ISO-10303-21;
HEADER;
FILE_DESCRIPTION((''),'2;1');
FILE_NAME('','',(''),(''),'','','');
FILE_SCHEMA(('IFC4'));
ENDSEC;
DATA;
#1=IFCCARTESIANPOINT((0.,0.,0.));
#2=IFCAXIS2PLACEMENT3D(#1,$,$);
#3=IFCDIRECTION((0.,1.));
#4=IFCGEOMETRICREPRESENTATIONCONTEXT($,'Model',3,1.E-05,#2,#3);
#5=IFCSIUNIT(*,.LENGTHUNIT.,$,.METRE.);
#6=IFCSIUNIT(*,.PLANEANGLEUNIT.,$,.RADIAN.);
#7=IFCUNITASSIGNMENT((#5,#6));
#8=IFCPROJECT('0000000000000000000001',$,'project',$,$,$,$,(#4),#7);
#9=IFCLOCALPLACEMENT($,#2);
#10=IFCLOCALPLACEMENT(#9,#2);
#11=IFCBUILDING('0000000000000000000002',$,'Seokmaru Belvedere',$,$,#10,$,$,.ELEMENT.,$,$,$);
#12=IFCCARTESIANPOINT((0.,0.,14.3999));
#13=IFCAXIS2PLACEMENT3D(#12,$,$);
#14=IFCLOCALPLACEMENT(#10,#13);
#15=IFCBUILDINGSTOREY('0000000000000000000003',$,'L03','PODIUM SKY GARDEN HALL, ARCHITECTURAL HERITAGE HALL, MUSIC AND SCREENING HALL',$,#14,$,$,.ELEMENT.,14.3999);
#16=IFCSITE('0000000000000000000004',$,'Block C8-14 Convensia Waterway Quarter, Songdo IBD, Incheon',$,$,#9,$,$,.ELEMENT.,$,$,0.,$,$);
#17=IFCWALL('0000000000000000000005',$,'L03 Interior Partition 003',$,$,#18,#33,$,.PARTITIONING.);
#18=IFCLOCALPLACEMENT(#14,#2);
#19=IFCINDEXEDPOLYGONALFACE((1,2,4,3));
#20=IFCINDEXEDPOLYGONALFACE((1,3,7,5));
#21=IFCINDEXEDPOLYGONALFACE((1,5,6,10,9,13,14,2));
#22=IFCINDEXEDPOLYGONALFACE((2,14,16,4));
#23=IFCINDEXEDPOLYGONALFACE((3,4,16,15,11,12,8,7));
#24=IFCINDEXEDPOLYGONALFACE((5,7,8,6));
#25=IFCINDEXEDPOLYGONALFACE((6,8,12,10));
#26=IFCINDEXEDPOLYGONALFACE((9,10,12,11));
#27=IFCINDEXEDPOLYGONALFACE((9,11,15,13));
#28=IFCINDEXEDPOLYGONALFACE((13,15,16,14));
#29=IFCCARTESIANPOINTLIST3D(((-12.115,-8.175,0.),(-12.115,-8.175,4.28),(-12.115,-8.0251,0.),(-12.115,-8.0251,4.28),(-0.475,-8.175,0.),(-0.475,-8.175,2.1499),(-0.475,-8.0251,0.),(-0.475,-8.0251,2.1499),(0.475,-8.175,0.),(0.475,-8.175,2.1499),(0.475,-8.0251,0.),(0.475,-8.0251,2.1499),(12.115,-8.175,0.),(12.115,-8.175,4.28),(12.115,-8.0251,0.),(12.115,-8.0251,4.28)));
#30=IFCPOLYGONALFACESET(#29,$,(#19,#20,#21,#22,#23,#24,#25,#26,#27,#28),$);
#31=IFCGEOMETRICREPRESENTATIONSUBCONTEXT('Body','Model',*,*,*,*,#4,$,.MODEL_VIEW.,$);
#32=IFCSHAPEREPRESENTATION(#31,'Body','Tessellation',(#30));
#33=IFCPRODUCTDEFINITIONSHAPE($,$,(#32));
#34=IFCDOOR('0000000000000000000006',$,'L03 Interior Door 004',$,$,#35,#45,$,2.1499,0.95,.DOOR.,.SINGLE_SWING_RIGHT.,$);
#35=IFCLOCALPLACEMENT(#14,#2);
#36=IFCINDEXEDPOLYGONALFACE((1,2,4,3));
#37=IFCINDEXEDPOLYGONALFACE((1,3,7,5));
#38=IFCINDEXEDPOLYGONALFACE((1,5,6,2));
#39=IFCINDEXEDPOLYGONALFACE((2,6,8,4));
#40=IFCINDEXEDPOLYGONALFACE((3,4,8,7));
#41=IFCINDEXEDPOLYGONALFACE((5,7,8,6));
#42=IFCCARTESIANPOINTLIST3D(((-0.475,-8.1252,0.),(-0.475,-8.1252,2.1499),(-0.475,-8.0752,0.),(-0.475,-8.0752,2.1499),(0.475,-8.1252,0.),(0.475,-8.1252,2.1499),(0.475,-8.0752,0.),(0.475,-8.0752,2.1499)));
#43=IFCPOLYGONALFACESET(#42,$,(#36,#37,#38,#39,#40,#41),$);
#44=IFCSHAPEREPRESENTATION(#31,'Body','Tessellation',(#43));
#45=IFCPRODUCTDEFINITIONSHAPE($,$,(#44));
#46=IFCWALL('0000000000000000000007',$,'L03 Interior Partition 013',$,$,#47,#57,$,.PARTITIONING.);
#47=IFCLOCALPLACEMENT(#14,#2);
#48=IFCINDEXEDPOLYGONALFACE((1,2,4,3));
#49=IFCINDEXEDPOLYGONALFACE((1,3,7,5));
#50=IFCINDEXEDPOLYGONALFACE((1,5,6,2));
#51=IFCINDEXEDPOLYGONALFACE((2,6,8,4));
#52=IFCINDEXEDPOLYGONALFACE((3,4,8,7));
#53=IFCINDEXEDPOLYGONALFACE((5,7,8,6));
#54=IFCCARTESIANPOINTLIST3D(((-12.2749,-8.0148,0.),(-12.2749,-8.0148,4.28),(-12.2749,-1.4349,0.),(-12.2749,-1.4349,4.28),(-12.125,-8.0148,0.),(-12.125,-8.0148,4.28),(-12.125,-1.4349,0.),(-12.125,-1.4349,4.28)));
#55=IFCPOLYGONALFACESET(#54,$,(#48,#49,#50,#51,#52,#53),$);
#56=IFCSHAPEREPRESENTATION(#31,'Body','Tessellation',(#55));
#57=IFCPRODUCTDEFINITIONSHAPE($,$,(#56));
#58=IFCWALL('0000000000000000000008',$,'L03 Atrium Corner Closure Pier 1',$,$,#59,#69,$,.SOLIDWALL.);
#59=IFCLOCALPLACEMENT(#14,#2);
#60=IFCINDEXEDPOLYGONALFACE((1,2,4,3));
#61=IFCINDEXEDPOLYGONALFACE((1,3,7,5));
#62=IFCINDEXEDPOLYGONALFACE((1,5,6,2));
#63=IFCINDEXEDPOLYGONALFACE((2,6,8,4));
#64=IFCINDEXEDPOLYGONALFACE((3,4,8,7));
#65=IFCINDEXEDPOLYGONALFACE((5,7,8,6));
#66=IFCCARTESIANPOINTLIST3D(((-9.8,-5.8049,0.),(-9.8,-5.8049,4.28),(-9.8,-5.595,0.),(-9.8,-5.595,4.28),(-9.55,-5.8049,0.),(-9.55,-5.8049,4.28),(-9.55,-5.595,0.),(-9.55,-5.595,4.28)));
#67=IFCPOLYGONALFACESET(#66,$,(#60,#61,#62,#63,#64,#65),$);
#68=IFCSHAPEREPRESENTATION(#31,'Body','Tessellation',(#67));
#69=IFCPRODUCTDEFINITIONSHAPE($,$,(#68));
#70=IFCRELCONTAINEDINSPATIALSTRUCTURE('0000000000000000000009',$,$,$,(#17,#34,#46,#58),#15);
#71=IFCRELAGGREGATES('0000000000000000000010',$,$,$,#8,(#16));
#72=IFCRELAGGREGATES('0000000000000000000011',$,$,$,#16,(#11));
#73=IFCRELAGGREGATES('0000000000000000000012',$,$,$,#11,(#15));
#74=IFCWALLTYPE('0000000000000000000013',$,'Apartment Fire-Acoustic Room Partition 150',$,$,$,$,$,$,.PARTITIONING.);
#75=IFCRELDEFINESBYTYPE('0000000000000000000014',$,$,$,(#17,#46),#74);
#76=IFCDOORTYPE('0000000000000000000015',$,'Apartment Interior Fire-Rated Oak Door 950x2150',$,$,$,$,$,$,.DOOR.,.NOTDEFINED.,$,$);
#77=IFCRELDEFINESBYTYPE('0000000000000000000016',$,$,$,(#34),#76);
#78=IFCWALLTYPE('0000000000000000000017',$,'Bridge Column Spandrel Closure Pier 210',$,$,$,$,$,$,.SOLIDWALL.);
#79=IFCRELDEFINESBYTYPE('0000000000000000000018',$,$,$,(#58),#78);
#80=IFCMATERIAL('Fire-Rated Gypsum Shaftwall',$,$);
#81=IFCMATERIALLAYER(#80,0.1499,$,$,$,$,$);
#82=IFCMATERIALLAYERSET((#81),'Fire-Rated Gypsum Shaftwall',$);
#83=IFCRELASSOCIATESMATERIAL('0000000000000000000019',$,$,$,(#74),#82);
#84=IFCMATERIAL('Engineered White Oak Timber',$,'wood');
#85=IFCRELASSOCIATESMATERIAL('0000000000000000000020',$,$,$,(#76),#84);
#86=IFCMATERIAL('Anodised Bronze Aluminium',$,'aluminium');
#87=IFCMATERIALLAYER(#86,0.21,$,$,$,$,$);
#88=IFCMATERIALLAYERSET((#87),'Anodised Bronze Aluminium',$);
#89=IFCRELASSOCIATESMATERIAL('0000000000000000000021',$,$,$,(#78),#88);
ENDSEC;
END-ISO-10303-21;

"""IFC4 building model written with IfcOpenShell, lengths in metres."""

from ifc_helpers import new_model, si_unit, direction, frame, frame_2d, origin, place, context, subcontext, project, spatial, rectangle, extrude, source, transform, mapped, material, layer, layer_set, type_object, type_shapes, element, fill, save


model = new_model("IFC4")

# Units and contexts
model_context = context("Model", 3, precision=1e-05, world=origin(), true_north=direction((0.0, 1.0)))
body_context = subcontext(model_context, "Body", "Model", "MODEL_VIEW")
ifc_project = project(units=[si_unit("LENGTHUNIT", "METRE"), si_unit("PLANEANGLEUNIT", "RADIAN")], contexts=[model_context])

# Site, building, storey
site_placement = place(None, origin())
site = spatial("IfcSite", under=ifc_project, at=site_placement, Name="Block C8-14 Convensia Waterway Quarter, Songdo IBD, Incheon", CompositionType="ELEMENT", RefElevation=0.0)
building_placement = place(site_placement, origin())
building = spatial("IfcBuilding", under=site, at=building_placement, Name="Seokmaru Belvedere", CompositionType="ELEMENT")
storey_placement = place(building_placement, frame((0.0, 0.0, 14.3999)))
storey = spatial("IfcBuildingStorey", under=building, at=storey_placement, Name="L03", Description="PODIUM SKY GARDEN HALL, ARCHITECTURAL HERITAGE HALL, MUSIC AND SCREENING HALL", CompositionType="ELEMENT", Elevation=14.3999)

# Shared definitions
ifc_material_1 = material(Name="Anodised Bronze Aluminium", Category="aluminium")

# Wall, opening, door
ifc_material_2 = material(Name="Fire-Rated Gypsum Shaftwall")
ifc_layer_1 = layer(ifc_material_2, 0.1499)
ifc_layer_set_1 = layer_set([ifc_layer_1], Name="Fire-Rated Gypsum Shaftwall")
wall_type_1 = type_object("IfcWallType", Name="Apartment Fire-Acoustic Room Partition 150", PredefinedType="PARTITIONING", material=ifc_layer_set_1)
wall_1_placement = place(storey_placement, frame((-12.115, -8.1001, 0.0), z_axis=(0.0, 0.0, 1.0), x_axis=(1.0, 0.0, 0.0)))
wall_1 = element("IfcWall", 1, at=wall_1_placement, inside=storey, type_object=wall_type_1, Name="L03 Interior Partition 003", PredefinedType="PARTITIONING", context=body_context, shape_type="SweptSolid", body=[
    extrude(rectangle(XDim=24.23, YDim=0.1499, at=frame_2d((12.115, 0.0))), origin(), (0.0, 0.0, 1.0), 4.28),
])
opening_1_placement = place(wall_1_placement, frame((11.6399, 0.0, 0.0)))
opening_1 = element("IfcOpeningElement", 2, at=opening_1_placement, cuts=wall_1, PredefinedType="OPENING", context=body_context, shape_type="SweptSolid", body=[
    extrude(rectangle(XDim=0.95, YDim=2.1499, at=frame_2d((0.4751, 1.075))), frame((0.0, 0.085, 0.0), z_axis=(0.0, -1.0, 0.0), x_axis=(1.0, 0.0, 0.0)), (0.0, 0.0, 1.0), 0.1699),
])
ifc_material_3 = material(Name="Engineered White Oak Timber", Category="wood")
door_type = type_object("IfcDoorType", Name="Apartment Interior Fire-Rated Oak Door 950x2150", OperationType="NOTDEFINED", PredefinedType="DOOR", material=ifc_material_3)
shared_shape_1 = source(origin(), body_context, "Body", "SweptSolid", [
    extrude(rectangle(XDim=0.95, YDim=2.1499, at=frame_2d((0.4751, 1.075))), frame((0.0, 0.0249, 0.0), z_axis=(0.0, -1.0, 0.0), x_axis=(1.0, 0.0, 0.0)), (0.0, 0.0, 1.0), 0.05),
])
type_shapes(door_type, [shared_shape_1])
door_placement = place(opening_1_placement, origin())
door = element("IfcDoor", 3, at=door_placement, inside=storey, type_object=door_type, Name="L03 Interior Door 004", OperationType="SINGLE_SWING_RIGHT", OverallHeight=2.1499, OverallWidth=0.95, PredefinedType="DOOR", context=body_context, shape_type="MappedRepresentation", body=[
    mapped(shared_shape_1, transform((0.0, 0.0, 0.0), scale=1.0)),
])
fill(opening_1, door)

# Walls
wall_2_placement = place(storey_placement, frame((-12.2, -8.0149, 0.0), z_axis=(0.0, 0.0, 1.0), x_axis=(0.0, 1.0, 0.0)))
element("IfcWall", 4, at=wall_2_placement, inside=storey, type_object=wall_type_1, Name="L03 Interior Partition 013", PredefinedType="PARTITIONING", context=body_context, shape_type="SweptSolid", body=[
    extrude(rectangle(XDim=6.5798, YDim=0.1499, at=frame_2d((3.29, 0.0))), origin(), (0.0, 0.0, 1.0), 4.28),
])
ifc_layer_2 = layer(ifc_material_1, 0.21)
ifc_layer_set_2 = layer_set([ifc_layer_2], Name="Anodised Bronze Aluminium")
wall_type_2 = type_object("IfcWallType", Name="Bridge Column Spandrel Closure Pier 210", PredefinedType="SOLIDWALL", material=ifc_layer_set_2)
wall_3_placement = place(storey_placement, frame((-9.8, -5.7, 0.0), z_axis=(0.0, 0.0, 1.0), x_axis=(1.0, 0.0, 0.0)))
element("IfcWall", 5, at=wall_3_placement, inside=storey, type_object=wall_type_2, Name="L03 Atrium Corner Closure Pier 1", PredefinedType="SOLIDWALL", context=body_context, shape_type="SweptSolid", body=[
    extrude(rectangle(XDim=0.25, YDim=0.21, at=frame_2d((0.125, 0.0))), origin(), (0.0, 0.0, 1.0), 4.28),
])

save(model, "model.ifc")
